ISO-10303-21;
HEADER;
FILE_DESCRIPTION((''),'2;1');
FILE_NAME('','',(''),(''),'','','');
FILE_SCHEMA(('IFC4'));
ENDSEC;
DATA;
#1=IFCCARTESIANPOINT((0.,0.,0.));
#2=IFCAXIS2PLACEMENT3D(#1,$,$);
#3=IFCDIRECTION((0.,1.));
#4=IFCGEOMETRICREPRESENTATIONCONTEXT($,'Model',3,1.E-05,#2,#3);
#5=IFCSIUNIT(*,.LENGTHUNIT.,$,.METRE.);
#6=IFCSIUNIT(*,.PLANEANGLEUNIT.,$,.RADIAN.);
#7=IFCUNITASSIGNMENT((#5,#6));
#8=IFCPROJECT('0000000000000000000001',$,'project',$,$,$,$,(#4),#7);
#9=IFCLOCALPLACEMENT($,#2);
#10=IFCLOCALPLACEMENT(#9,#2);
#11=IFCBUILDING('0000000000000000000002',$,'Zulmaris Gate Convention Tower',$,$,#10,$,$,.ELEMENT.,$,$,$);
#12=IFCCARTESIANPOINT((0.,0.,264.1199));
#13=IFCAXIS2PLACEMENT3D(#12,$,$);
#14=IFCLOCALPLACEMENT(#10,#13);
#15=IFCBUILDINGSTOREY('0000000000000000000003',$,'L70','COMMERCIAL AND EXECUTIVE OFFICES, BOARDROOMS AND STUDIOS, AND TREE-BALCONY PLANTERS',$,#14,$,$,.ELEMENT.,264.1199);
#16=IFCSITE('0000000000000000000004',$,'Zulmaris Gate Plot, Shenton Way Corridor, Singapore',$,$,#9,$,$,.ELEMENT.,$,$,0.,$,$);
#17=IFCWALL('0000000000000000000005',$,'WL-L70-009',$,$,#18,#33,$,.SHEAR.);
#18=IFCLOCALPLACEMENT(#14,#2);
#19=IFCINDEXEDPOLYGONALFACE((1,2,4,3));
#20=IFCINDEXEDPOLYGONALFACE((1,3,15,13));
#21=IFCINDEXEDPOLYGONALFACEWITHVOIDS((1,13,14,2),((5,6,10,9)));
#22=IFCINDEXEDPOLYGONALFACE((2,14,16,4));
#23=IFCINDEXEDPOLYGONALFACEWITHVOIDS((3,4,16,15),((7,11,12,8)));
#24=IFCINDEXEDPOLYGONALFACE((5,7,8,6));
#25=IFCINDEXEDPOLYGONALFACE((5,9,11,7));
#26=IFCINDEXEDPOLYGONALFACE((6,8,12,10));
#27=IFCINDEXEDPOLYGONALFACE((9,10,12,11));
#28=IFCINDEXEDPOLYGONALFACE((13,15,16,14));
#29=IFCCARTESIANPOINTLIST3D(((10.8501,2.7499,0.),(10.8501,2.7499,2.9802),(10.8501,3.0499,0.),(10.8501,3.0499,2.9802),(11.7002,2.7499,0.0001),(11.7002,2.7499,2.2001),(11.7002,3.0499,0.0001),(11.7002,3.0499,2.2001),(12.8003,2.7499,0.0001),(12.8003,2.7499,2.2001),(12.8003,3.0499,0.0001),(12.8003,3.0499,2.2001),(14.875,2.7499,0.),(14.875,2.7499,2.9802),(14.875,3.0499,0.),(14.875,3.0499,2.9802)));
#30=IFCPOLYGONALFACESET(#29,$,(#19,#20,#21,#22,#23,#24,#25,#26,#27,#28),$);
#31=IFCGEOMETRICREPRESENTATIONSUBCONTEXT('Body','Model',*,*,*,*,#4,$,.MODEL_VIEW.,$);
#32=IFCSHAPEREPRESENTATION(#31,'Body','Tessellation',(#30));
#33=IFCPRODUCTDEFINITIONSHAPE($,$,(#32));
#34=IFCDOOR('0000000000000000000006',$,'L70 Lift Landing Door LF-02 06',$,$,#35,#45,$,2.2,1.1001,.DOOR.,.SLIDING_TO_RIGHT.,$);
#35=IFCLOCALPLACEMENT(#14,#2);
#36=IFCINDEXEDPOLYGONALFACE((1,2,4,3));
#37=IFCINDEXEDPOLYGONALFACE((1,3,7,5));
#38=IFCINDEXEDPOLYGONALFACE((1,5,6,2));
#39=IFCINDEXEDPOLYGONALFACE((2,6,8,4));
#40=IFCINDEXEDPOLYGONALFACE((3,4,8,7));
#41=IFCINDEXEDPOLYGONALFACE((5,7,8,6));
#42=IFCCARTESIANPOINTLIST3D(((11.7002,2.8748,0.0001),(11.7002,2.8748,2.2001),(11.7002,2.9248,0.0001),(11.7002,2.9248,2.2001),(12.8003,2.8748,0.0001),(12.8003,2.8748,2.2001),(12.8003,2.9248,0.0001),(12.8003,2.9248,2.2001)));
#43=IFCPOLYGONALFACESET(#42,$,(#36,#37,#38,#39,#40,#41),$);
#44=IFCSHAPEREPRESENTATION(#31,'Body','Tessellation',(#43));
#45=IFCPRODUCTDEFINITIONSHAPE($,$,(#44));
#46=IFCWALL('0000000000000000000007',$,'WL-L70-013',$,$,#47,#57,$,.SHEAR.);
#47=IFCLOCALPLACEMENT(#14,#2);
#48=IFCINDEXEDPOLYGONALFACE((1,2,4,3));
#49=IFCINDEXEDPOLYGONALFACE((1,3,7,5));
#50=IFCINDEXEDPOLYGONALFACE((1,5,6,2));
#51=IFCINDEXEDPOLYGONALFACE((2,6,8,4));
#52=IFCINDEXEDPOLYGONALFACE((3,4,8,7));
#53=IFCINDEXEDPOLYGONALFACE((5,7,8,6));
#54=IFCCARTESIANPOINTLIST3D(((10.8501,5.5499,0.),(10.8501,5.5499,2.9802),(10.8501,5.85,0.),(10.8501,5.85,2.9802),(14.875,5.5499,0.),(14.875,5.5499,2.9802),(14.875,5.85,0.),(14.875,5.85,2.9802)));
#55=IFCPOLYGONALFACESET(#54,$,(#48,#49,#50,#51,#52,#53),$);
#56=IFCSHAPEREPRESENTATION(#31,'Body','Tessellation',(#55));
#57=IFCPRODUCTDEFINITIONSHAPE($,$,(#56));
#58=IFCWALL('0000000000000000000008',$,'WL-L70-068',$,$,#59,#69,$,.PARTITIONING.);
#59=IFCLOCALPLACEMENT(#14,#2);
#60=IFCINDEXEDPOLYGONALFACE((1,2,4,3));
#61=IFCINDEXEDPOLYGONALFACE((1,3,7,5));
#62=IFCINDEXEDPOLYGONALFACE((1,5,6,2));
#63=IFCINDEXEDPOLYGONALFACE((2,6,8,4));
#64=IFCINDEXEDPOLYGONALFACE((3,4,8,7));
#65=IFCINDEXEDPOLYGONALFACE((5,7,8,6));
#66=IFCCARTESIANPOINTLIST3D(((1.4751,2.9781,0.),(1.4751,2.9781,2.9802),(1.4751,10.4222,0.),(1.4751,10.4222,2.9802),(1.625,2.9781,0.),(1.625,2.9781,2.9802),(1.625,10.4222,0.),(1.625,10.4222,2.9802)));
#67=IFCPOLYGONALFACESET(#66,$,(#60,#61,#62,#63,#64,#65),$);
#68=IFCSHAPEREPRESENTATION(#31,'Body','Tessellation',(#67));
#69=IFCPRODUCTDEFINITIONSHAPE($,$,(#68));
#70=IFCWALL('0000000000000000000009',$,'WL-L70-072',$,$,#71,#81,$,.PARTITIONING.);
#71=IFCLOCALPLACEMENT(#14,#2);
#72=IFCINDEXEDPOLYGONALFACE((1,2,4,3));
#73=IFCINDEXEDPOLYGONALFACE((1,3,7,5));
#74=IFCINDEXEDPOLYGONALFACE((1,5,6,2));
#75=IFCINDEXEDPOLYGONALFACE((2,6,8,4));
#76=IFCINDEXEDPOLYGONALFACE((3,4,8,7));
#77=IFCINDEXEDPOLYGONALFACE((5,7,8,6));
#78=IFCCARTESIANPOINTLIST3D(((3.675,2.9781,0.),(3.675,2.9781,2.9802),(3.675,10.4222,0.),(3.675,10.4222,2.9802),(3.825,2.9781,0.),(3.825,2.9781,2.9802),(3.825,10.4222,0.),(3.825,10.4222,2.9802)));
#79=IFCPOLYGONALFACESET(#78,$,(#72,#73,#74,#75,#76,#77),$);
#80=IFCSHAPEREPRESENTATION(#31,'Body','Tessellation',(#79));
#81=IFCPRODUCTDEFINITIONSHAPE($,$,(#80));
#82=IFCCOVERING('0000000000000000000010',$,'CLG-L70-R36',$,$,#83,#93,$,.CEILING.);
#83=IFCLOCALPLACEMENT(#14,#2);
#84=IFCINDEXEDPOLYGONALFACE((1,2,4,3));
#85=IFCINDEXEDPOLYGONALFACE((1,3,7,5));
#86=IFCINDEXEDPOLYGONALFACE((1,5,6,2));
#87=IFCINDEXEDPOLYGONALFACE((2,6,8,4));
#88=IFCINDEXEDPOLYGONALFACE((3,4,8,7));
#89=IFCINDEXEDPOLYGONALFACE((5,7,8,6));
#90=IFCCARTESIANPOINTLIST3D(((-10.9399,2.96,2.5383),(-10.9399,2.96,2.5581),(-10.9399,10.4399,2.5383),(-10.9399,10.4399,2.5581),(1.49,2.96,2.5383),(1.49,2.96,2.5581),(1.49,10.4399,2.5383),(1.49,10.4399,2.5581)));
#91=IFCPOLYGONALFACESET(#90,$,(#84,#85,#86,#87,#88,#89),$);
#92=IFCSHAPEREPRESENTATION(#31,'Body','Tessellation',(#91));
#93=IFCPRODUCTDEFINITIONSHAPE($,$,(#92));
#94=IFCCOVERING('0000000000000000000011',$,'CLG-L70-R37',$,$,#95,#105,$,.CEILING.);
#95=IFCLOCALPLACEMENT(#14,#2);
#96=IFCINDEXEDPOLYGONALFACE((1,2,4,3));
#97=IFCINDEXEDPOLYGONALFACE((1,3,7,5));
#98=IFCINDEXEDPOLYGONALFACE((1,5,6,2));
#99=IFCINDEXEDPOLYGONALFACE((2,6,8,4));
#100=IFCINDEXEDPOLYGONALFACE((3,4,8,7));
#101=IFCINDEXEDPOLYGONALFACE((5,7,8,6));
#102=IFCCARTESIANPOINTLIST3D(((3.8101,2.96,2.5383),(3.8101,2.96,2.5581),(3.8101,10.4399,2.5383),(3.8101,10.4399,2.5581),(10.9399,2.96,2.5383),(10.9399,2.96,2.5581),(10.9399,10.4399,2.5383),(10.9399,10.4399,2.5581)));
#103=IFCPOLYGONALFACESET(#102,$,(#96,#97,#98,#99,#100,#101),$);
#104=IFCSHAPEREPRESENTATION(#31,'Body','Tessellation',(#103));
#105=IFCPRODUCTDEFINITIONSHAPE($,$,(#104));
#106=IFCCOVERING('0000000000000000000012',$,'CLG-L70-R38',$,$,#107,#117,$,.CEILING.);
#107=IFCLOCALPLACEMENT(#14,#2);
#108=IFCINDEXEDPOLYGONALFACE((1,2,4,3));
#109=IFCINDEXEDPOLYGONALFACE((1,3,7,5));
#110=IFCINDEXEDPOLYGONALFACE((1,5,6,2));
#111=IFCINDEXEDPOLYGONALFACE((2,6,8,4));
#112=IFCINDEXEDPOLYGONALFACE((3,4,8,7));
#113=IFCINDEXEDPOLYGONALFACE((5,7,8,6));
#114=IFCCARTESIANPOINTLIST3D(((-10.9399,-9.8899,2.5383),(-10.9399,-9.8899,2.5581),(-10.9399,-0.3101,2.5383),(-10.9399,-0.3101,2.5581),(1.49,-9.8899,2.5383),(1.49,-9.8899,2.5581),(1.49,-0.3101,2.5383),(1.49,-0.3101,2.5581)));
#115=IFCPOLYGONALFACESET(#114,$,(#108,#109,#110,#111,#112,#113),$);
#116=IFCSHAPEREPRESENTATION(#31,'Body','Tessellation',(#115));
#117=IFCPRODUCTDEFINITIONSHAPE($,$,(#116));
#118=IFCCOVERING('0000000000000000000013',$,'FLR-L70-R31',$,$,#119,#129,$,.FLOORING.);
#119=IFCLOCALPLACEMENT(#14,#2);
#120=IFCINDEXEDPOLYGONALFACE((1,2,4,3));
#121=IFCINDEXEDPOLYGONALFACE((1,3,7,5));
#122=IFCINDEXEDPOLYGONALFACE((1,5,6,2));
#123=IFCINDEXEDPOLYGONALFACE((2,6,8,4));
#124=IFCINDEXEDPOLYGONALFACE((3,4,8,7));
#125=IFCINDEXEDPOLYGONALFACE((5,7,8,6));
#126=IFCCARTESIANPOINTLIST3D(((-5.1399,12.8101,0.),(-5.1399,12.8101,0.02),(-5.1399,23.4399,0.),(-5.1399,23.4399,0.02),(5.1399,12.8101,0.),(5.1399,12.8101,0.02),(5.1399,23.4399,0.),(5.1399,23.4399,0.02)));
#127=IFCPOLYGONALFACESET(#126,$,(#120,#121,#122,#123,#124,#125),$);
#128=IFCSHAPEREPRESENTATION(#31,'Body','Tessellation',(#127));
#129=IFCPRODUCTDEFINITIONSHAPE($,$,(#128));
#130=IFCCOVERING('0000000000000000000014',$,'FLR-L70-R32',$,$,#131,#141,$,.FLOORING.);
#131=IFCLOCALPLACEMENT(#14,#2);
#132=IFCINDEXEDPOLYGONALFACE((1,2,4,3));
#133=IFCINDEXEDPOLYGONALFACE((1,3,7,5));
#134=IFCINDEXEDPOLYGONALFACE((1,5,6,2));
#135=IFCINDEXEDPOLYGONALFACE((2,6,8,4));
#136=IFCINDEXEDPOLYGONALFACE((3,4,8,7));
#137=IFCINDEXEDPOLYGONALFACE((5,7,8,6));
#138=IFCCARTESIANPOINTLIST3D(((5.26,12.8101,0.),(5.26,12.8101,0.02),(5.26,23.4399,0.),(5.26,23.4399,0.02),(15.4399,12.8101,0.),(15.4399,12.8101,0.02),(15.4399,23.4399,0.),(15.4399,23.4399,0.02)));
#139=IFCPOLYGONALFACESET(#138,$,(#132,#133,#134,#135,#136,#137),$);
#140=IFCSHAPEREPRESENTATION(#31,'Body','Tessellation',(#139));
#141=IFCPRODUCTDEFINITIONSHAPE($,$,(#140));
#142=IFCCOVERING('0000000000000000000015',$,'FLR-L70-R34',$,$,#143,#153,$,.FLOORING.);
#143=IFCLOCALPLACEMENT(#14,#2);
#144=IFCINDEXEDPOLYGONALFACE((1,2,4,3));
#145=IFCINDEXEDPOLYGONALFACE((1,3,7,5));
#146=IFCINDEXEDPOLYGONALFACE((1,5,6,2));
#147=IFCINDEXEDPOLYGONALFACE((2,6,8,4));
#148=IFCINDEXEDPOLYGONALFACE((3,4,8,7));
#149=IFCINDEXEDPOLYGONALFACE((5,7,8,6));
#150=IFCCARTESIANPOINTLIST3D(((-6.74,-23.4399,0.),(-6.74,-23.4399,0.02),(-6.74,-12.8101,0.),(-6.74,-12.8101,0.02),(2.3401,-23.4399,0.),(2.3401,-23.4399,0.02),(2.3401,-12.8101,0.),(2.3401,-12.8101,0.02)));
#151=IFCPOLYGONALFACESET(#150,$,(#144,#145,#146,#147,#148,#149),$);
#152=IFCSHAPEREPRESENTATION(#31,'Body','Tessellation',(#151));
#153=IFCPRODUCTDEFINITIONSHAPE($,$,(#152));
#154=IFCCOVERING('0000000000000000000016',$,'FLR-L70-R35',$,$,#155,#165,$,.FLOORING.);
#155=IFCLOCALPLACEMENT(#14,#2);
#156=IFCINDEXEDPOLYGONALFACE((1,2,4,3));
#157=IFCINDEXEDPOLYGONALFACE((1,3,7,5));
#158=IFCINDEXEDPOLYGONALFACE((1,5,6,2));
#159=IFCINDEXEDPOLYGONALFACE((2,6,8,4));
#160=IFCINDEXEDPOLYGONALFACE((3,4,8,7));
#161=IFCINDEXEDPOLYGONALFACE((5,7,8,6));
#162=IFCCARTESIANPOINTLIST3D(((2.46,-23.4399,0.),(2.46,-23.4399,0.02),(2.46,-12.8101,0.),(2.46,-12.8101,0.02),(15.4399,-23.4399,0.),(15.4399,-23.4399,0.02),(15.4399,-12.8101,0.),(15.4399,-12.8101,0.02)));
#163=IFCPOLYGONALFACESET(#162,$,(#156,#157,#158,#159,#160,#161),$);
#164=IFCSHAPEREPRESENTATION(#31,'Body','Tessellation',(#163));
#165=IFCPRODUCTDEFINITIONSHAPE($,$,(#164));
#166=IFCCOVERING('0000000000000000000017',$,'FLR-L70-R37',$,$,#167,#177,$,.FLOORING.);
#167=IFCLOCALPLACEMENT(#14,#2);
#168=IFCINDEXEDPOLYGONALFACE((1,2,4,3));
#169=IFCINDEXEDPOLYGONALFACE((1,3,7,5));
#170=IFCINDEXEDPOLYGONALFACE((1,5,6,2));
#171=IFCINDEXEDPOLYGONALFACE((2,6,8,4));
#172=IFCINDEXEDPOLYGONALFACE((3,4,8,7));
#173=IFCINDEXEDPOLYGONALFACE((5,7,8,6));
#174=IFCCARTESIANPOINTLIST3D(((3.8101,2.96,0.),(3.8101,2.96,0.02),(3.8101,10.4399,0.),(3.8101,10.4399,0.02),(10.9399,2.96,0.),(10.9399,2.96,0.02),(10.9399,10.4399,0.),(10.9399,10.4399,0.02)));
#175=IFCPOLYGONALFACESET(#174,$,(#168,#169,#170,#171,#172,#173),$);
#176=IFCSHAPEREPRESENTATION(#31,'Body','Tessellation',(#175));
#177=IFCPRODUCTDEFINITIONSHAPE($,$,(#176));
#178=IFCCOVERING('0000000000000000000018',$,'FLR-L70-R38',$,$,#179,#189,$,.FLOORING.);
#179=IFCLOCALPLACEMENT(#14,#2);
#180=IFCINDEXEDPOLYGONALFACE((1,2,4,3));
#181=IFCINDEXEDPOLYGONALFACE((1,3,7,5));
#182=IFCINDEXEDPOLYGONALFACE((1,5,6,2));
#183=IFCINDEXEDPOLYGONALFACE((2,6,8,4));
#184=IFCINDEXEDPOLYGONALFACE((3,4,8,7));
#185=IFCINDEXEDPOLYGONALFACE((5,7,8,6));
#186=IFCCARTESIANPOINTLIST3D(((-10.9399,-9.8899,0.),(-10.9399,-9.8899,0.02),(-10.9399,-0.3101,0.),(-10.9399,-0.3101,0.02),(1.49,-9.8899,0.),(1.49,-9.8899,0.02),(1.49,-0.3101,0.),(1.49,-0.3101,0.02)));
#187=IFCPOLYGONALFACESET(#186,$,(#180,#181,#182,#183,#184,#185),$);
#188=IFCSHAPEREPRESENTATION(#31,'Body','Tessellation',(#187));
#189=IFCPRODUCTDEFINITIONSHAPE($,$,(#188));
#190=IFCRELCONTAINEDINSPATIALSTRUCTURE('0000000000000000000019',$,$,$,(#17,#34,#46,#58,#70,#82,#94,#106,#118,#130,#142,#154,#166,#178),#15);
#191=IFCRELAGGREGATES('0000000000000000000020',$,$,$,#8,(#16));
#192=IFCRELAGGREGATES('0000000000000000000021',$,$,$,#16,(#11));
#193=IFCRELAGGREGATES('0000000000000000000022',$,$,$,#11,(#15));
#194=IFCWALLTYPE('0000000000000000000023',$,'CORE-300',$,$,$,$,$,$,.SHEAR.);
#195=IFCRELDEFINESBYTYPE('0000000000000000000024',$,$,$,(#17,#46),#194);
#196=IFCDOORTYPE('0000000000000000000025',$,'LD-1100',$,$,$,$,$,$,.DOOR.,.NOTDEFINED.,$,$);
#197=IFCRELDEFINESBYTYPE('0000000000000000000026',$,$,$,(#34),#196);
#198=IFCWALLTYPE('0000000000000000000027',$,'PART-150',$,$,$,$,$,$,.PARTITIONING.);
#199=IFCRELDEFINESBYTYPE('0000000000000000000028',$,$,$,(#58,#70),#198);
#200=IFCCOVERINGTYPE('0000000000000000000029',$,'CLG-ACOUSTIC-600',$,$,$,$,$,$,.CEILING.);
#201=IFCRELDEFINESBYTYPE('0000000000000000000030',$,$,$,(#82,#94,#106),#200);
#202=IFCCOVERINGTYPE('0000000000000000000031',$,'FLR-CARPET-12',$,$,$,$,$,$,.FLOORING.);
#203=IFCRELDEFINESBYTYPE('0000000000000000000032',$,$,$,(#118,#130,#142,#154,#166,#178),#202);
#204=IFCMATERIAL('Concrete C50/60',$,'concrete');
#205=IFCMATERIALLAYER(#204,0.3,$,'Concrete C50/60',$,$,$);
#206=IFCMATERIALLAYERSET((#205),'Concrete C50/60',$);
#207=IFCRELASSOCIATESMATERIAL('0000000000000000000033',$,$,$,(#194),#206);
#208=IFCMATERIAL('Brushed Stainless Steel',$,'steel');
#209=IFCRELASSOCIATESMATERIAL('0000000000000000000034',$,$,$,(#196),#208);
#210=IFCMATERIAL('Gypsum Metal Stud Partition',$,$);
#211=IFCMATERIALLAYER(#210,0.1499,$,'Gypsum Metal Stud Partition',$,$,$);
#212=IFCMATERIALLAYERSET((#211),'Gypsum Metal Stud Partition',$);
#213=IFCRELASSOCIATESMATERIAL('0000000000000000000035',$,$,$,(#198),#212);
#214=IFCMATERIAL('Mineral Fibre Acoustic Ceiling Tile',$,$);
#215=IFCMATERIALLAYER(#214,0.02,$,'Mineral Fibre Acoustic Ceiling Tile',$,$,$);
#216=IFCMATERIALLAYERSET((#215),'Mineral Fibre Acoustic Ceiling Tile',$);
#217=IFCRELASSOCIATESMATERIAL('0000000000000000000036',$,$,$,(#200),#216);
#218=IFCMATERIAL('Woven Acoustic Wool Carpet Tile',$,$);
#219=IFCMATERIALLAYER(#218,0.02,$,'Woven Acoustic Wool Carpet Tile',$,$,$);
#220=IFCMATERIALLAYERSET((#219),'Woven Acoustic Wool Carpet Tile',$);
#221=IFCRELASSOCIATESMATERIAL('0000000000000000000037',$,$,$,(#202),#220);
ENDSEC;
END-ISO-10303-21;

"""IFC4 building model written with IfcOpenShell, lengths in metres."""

from ifc_helpers import new_model, si_unit, direction, frame, frame_2d, origin, place, context, subcontext, project, spatial, polyline, rectangle, outline, extrude, material, layer, layer_set, type_object, element, fill, save


model = new_model("IFC4")

# Units and contexts
model_context = context("Model", 3, precision=1e-05, world=origin(), true_north=direction((0.0, 1.0)))
body_context = subcontext(model_context, "Body", "Model", "MODEL_VIEW")
ifc_project = project(units=[si_unit("LENGTHUNIT", "METRE"), si_unit("PLANEANGLEUNIT", "RADIAN")], contexts=[model_context])

# Site, building, storey
site_placement = place(None, origin())
site = spatial("IfcSite", under=ifc_project, at=site_placement, Name="Zulmaris Gate Plot, Shenton Way Corridor, Singapore", CompositionType="ELEMENT", RefElevation=0.0)
building_placement = place(site_placement, origin())
building = spatial("IfcBuilding", under=site, at=building_placement, Name="Zulmaris Gate Convention Tower", CompositionType="ELEMENT")
storey_placement = place(building_placement, frame((0.0, 0.0, 264.1199)))
storey = spatial("IfcBuildingStorey", under=building, at=storey_placement, Name="L70", Description="COMMERCIAL AND EXECUTIVE OFFICES, BOARDROOMS AND STUDIOS, AND TREE-BALCONY PLANTERS", CompositionType="ELEMENT", Elevation=264.1199)

# Wall, opening, door
ifc_material_1 = material(Name="Concrete C50/60", Category="concrete")
ifc_layer_1 = layer(ifc_material_1, 0.3, Name="Concrete C50/60")
ifc_layer_set_1 = layer_set([ifc_layer_1], Name="Concrete C50/60")
wall_type_1 = type_object("IfcWallType", Name="CORE-300", PredefinedType="SHEAR", material=ifc_layer_set_1)
wall_1_placement = place(storey_placement, frame((10.8501, 2.8999, 0.0), z_axis=(0.0, 0.0, 1.0), x_axis=(1.0, 0.0, 0.0)))
wall_1 = element("IfcWall", 1, at=wall_1_placement, inside=storey, type_object=wall_type_1, Name="WL-L70-009", PredefinedType="SHEAR", context=body_context, shape_type="SweptSolid", body=[
    extrude(rectangle(XDim=4.0249, YDim=0.3, at=frame_2d((2.0125, 0.0))), origin(), (0.0, 0.0, 1.0), 2.9802),
])
opening_placement = place(wall_1_placement, frame((0.8501, 0.0, 0.0)))
opening = element("IfcOpeningElement", 2, at=opening_placement, cuts=wall_1, PredefinedType="OPENING", context=body_context, shape_type="SweptSolid", body=[
    extrude(rectangle(XDim=1.1001, YDim=2.2, at=frame_2d((0.55, 1.1001))), frame((0.0, 0.1602, 0.0), z_axis=(0.0, -1.0, 0.0), x_axis=(1.0, 0.0, 0.0)), (0.0, 0.0, 1.0), 0.3201),
])
ifc_material_2 = material(Name="Brushed Stainless Steel", Category="steel")
door_type = type_object("IfcDoorType", Name="LD-1100", OperationType="NOTDEFINED", PredefinedType="DOOR", material=ifc_material_2)
door_placement = place(opening_placement, origin())
door = element("IfcDoor", 3, at=door_placement, inside=storey, type_object=door_type, Name="L70 Lift Landing Door LF-02 06", OperationType="SLIDING_TO_RIGHT", OverallHeight=2.2, OverallWidth=1.1001, PredefinedType="DOOR", context=body_context, shape_type="SweptSolid", body=[
    extrude(rectangle(XDim=1.1001, YDim=2.2, at=frame_2d((0.55, 1.1001))), frame((0.0, 0.0249, 0.0), z_axis=(0.0, -1.0, 0.0), x_axis=(1.0, 0.0, 0.0)), (0.0, 0.0, 1.0), 0.05),
])
fill(opening, door)

# Walls
wall_2_placement = place(storey_placement, frame((10.8501, 5.7, 0.0), z_axis=(0.0, 0.0, 1.0), x_axis=(1.0, 0.0, 0.0)))
element("IfcWall", 4, at=wall_2_placement, inside=storey, type_object=wall_type_1, Name="WL-L70-013", PredefinedType="SHEAR", context=body_context, shape_type="SweptSolid", body=[
    extrude(rectangle(XDim=4.0249, YDim=0.3, at=frame_2d((2.0125, 0.0))), origin(), (0.0, 0.0, 1.0), 2.9802),
])
ifc_material_3 = material(Name="Gypsum Metal Stud Partition")
ifc_layer_2 = layer(ifc_material_3, 0.1499, Name="Gypsum Metal Stud Partition")
ifc_layer_set_2 = layer_set([ifc_layer_2], Name="Gypsum Metal Stud Partition")
wall_type_2 = type_object("IfcWallType", Name="PART-150", PredefinedType="PARTITIONING", material=ifc_layer_set_2)
for number, where, z_axis, x_axis, name in (
    (5, (1.55, 2.978, 0.0), (0.0, 0.0, 1.0), (0.0, 1.0, 0.0), "WL-L70-068"),
    (6, (3.75, 2.978, 0.0), (0.0, 0.0, 1.0), (0.0, 1.0, 0.0), "WL-L70-072"),
):
    element("IfcWall", number, at=place(storey_placement, frame(where, z_axis=z_axis, x_axis=x_axis)), inside=storey, type_object=wall_type_2, Name=name, PredefinedType="PARTITIONING", context=body_context, shape_type="SweptSolid", body=[
        extrude(rectangle(XDim=7.4441, YDim=0.1499, at=frame_2d((3.7222, 0.0))), origin(), (0.0, 0.0, 1.0), 2.9802),
    ])

# Coverings
ifc_material_4 = material(Name="Mineral Fibre Acoustic Ceiling Tile")
ifc_layer_3 = layer(ifc_material_4, 0.02, Name="Mineral Fibre Acoustic Ceiling Tile")
ifc_layer_set_3 = layer_set([ifc_layer_3], Name="Mineral Fibre Acoustic Ceiling Tile")
covering_type_1 = type_object("IfcCoveringType", Name="CLG-ACOUSTIC-600", PredefinedType="CEILING", material=ifc_layer_set_3)
covering_1_placement = place(storey_placement, frame((0.0, 0.0, 2.5383)))
element("IfcCovering", 7, at=covering_1_placement, inside=storey, type_object=covering_type_1, Name="CLG-L70-R36", PredefinedType="CEILING", context=body_context, shape_type="SweptSolid", body=[
    extrude(outline(polyline([(-10.9399, 2.96), (1.49, 2.96), (1.49, 10.4399), (-10.9399, 10.4399), (-10.9399, 2.96)])), origin(), (0.0, 0.0, 1.0), 0.0198),
])
covering_2_placement = place(storey_placement, frame((0.0, 0.0, 2.5383)))
element("IfcCovering", 8, at=covering_2_placement, inside=storey, type_object=covering_type_1, Name="CLG-L70-R37", PredefinedType="CEILING", context=body_context, shape_type="SweptSolid", body=[
    extrude(outline(polyline([(3.8101, 2.96), (10.9399, 2.96), (10.9399, 10.4399), (3.8101, 10.4399), (3.8101, 2.96)])), origin(), (0.0, 0.0, 1.0), 0.0198),
])
covering_3_placement = place(storey_placement, frame((0.0, 0.0, 2.5383)))
element("IfcCovering", 9, at=covering_3_placement, inside=storey, type_object=covering_type_1, Name="CLG-L70-R38", PredefinedType="CEILING", context=body_context, shape_type="SweptSolid", body=[
    extrude(outline(polyline([(-10.9399, -9.8899), (1.49, -9.8899), (1.49, -0.3101), (-10.9399, -0.3101), (-10.9399, -9.8899)])), origin(), (0.0, 0.0, 1.0), 0.0198),
])
ifc_material_5 = material(Name="Woven Acoustic Wool Carpet Tile")
ifc_layer_4 = layer(ifc_material_5, 0.02, Name="Woven Acoustic Wool Carpet Tile")
ifc_layer_set_4 = layer_set([ifc_layer_4], Name="Woven Acoustic Wool Carpet Tile")
covering_type_2 = type_object("IfcCoveringType", Name="FLR-CARPET-12", PredefinedType="FLOORING", material=ifc_layer_set_4)
covering_4_placement = place(storey_placement, origin())
element("IfcCovering", 10, at=covering_4_placement, inside=storey, type_object=covering_type_2, Name="FLR-L70-R31", PredefinedType="FLOORING", context=body_context, shape_type="SweptSolid", body=[
    extrude(outline(polyline([(-5.1399, 12.8101), (5.1399, 12.8101), (5.1399, 23.4399), (-5.1399, 23.4399), (-5.1399, 12.8101)])), origin(), (0.0, 0.0, 1.0), 0.02),
])
covering_5_placement = place(storey_placement, origin())
element("IfcCovering", 11, at=covering_5_placement, inside=storey, type_object=covering_type_2, Name="FLR-L70-R32", PredefinedType="FLOORING", context=body_context, shape_type="SweptSolid", body=[
    extrude(outline(polyline([(5.26, 12.8101), (15.4399, 12.8101), (15.4399, 23.4399), (5.26, 23.4399), (5.26, 12.8101)])), origin(), (0.0, 0.0, 1.0), 0.02),
])
covering_6_placement = place(storey_placement, origin())
element("IfcCovering", 12, at=covering_6_placement, inside=storey, type_object=covering_type_2, Name="FLR-L70-R34", PredefinedType="FLOORING", context=body_context, shape_type="SweptSolid", body=[
    extrude(outline(polyline([(-6.74, -23.4399), (2.3401, -23.4399), (2.3401, -12.8101), (-6.74, -12.8101), (-6.74, -23.4399)])), origin(), (0.0, 0.0, 1.0), 0.02),
])
covering_7_placement = place(storey_placement, origin())
element("IfcCovering", 13, at=covering_7_placement, inside=storey, type_object=covering_type_2, Name="FLR-L70-R35", PredefinedType="FLOORING", context=body_context, shape_type="SweptSolid", body=[
    extrude(outline(polyline([(2.46, -23.4399), (15.4399, -23.4399), (15.4399, -12.8101), (2.46, -12.8101), (2.46, -23.4399)])), origin(), (0.0, 0.0, 1.0), 0.02),
])
covering_8_placement = place(storey_placement, origin())
element("IfcCovering", 14, at=covering_8_placement, inside=storey, type_object=covering_type_2, Name="FLR-L70-R37", PredefinedType="FLOORING", context=body_context, shape_type="SweptSolid", body=[
    extrude(outline(polyline([(3.8101, 2.96), (10.9399, 2.96), (10.9399, 10.4399), (3.8101, 10.4399), (3.8101, 2.96)])), origin(), (0.0, 0.0, 1.0), 0.02),
])
covering_9_placement = place(storey_placement, origin())
element("IfcCovering", 15, at=covering_9_placement, inside=storey, type_object=covering_type_2, Name="FLR-L70-R38", PredefinedType="FLOORING", context=body_context, shape_type="SweptSolid", body=[
    extrude(outline(polyline([(-10.9399, -9.8899), (1.49, -9.8899), (1.49, -0.3101), (-10.9399, -0.3101), (-10.9399, -9.8899)])), origin(), (0.0, 0.0, 1.0), 0.02),
])

save(model, "model.ifc")
